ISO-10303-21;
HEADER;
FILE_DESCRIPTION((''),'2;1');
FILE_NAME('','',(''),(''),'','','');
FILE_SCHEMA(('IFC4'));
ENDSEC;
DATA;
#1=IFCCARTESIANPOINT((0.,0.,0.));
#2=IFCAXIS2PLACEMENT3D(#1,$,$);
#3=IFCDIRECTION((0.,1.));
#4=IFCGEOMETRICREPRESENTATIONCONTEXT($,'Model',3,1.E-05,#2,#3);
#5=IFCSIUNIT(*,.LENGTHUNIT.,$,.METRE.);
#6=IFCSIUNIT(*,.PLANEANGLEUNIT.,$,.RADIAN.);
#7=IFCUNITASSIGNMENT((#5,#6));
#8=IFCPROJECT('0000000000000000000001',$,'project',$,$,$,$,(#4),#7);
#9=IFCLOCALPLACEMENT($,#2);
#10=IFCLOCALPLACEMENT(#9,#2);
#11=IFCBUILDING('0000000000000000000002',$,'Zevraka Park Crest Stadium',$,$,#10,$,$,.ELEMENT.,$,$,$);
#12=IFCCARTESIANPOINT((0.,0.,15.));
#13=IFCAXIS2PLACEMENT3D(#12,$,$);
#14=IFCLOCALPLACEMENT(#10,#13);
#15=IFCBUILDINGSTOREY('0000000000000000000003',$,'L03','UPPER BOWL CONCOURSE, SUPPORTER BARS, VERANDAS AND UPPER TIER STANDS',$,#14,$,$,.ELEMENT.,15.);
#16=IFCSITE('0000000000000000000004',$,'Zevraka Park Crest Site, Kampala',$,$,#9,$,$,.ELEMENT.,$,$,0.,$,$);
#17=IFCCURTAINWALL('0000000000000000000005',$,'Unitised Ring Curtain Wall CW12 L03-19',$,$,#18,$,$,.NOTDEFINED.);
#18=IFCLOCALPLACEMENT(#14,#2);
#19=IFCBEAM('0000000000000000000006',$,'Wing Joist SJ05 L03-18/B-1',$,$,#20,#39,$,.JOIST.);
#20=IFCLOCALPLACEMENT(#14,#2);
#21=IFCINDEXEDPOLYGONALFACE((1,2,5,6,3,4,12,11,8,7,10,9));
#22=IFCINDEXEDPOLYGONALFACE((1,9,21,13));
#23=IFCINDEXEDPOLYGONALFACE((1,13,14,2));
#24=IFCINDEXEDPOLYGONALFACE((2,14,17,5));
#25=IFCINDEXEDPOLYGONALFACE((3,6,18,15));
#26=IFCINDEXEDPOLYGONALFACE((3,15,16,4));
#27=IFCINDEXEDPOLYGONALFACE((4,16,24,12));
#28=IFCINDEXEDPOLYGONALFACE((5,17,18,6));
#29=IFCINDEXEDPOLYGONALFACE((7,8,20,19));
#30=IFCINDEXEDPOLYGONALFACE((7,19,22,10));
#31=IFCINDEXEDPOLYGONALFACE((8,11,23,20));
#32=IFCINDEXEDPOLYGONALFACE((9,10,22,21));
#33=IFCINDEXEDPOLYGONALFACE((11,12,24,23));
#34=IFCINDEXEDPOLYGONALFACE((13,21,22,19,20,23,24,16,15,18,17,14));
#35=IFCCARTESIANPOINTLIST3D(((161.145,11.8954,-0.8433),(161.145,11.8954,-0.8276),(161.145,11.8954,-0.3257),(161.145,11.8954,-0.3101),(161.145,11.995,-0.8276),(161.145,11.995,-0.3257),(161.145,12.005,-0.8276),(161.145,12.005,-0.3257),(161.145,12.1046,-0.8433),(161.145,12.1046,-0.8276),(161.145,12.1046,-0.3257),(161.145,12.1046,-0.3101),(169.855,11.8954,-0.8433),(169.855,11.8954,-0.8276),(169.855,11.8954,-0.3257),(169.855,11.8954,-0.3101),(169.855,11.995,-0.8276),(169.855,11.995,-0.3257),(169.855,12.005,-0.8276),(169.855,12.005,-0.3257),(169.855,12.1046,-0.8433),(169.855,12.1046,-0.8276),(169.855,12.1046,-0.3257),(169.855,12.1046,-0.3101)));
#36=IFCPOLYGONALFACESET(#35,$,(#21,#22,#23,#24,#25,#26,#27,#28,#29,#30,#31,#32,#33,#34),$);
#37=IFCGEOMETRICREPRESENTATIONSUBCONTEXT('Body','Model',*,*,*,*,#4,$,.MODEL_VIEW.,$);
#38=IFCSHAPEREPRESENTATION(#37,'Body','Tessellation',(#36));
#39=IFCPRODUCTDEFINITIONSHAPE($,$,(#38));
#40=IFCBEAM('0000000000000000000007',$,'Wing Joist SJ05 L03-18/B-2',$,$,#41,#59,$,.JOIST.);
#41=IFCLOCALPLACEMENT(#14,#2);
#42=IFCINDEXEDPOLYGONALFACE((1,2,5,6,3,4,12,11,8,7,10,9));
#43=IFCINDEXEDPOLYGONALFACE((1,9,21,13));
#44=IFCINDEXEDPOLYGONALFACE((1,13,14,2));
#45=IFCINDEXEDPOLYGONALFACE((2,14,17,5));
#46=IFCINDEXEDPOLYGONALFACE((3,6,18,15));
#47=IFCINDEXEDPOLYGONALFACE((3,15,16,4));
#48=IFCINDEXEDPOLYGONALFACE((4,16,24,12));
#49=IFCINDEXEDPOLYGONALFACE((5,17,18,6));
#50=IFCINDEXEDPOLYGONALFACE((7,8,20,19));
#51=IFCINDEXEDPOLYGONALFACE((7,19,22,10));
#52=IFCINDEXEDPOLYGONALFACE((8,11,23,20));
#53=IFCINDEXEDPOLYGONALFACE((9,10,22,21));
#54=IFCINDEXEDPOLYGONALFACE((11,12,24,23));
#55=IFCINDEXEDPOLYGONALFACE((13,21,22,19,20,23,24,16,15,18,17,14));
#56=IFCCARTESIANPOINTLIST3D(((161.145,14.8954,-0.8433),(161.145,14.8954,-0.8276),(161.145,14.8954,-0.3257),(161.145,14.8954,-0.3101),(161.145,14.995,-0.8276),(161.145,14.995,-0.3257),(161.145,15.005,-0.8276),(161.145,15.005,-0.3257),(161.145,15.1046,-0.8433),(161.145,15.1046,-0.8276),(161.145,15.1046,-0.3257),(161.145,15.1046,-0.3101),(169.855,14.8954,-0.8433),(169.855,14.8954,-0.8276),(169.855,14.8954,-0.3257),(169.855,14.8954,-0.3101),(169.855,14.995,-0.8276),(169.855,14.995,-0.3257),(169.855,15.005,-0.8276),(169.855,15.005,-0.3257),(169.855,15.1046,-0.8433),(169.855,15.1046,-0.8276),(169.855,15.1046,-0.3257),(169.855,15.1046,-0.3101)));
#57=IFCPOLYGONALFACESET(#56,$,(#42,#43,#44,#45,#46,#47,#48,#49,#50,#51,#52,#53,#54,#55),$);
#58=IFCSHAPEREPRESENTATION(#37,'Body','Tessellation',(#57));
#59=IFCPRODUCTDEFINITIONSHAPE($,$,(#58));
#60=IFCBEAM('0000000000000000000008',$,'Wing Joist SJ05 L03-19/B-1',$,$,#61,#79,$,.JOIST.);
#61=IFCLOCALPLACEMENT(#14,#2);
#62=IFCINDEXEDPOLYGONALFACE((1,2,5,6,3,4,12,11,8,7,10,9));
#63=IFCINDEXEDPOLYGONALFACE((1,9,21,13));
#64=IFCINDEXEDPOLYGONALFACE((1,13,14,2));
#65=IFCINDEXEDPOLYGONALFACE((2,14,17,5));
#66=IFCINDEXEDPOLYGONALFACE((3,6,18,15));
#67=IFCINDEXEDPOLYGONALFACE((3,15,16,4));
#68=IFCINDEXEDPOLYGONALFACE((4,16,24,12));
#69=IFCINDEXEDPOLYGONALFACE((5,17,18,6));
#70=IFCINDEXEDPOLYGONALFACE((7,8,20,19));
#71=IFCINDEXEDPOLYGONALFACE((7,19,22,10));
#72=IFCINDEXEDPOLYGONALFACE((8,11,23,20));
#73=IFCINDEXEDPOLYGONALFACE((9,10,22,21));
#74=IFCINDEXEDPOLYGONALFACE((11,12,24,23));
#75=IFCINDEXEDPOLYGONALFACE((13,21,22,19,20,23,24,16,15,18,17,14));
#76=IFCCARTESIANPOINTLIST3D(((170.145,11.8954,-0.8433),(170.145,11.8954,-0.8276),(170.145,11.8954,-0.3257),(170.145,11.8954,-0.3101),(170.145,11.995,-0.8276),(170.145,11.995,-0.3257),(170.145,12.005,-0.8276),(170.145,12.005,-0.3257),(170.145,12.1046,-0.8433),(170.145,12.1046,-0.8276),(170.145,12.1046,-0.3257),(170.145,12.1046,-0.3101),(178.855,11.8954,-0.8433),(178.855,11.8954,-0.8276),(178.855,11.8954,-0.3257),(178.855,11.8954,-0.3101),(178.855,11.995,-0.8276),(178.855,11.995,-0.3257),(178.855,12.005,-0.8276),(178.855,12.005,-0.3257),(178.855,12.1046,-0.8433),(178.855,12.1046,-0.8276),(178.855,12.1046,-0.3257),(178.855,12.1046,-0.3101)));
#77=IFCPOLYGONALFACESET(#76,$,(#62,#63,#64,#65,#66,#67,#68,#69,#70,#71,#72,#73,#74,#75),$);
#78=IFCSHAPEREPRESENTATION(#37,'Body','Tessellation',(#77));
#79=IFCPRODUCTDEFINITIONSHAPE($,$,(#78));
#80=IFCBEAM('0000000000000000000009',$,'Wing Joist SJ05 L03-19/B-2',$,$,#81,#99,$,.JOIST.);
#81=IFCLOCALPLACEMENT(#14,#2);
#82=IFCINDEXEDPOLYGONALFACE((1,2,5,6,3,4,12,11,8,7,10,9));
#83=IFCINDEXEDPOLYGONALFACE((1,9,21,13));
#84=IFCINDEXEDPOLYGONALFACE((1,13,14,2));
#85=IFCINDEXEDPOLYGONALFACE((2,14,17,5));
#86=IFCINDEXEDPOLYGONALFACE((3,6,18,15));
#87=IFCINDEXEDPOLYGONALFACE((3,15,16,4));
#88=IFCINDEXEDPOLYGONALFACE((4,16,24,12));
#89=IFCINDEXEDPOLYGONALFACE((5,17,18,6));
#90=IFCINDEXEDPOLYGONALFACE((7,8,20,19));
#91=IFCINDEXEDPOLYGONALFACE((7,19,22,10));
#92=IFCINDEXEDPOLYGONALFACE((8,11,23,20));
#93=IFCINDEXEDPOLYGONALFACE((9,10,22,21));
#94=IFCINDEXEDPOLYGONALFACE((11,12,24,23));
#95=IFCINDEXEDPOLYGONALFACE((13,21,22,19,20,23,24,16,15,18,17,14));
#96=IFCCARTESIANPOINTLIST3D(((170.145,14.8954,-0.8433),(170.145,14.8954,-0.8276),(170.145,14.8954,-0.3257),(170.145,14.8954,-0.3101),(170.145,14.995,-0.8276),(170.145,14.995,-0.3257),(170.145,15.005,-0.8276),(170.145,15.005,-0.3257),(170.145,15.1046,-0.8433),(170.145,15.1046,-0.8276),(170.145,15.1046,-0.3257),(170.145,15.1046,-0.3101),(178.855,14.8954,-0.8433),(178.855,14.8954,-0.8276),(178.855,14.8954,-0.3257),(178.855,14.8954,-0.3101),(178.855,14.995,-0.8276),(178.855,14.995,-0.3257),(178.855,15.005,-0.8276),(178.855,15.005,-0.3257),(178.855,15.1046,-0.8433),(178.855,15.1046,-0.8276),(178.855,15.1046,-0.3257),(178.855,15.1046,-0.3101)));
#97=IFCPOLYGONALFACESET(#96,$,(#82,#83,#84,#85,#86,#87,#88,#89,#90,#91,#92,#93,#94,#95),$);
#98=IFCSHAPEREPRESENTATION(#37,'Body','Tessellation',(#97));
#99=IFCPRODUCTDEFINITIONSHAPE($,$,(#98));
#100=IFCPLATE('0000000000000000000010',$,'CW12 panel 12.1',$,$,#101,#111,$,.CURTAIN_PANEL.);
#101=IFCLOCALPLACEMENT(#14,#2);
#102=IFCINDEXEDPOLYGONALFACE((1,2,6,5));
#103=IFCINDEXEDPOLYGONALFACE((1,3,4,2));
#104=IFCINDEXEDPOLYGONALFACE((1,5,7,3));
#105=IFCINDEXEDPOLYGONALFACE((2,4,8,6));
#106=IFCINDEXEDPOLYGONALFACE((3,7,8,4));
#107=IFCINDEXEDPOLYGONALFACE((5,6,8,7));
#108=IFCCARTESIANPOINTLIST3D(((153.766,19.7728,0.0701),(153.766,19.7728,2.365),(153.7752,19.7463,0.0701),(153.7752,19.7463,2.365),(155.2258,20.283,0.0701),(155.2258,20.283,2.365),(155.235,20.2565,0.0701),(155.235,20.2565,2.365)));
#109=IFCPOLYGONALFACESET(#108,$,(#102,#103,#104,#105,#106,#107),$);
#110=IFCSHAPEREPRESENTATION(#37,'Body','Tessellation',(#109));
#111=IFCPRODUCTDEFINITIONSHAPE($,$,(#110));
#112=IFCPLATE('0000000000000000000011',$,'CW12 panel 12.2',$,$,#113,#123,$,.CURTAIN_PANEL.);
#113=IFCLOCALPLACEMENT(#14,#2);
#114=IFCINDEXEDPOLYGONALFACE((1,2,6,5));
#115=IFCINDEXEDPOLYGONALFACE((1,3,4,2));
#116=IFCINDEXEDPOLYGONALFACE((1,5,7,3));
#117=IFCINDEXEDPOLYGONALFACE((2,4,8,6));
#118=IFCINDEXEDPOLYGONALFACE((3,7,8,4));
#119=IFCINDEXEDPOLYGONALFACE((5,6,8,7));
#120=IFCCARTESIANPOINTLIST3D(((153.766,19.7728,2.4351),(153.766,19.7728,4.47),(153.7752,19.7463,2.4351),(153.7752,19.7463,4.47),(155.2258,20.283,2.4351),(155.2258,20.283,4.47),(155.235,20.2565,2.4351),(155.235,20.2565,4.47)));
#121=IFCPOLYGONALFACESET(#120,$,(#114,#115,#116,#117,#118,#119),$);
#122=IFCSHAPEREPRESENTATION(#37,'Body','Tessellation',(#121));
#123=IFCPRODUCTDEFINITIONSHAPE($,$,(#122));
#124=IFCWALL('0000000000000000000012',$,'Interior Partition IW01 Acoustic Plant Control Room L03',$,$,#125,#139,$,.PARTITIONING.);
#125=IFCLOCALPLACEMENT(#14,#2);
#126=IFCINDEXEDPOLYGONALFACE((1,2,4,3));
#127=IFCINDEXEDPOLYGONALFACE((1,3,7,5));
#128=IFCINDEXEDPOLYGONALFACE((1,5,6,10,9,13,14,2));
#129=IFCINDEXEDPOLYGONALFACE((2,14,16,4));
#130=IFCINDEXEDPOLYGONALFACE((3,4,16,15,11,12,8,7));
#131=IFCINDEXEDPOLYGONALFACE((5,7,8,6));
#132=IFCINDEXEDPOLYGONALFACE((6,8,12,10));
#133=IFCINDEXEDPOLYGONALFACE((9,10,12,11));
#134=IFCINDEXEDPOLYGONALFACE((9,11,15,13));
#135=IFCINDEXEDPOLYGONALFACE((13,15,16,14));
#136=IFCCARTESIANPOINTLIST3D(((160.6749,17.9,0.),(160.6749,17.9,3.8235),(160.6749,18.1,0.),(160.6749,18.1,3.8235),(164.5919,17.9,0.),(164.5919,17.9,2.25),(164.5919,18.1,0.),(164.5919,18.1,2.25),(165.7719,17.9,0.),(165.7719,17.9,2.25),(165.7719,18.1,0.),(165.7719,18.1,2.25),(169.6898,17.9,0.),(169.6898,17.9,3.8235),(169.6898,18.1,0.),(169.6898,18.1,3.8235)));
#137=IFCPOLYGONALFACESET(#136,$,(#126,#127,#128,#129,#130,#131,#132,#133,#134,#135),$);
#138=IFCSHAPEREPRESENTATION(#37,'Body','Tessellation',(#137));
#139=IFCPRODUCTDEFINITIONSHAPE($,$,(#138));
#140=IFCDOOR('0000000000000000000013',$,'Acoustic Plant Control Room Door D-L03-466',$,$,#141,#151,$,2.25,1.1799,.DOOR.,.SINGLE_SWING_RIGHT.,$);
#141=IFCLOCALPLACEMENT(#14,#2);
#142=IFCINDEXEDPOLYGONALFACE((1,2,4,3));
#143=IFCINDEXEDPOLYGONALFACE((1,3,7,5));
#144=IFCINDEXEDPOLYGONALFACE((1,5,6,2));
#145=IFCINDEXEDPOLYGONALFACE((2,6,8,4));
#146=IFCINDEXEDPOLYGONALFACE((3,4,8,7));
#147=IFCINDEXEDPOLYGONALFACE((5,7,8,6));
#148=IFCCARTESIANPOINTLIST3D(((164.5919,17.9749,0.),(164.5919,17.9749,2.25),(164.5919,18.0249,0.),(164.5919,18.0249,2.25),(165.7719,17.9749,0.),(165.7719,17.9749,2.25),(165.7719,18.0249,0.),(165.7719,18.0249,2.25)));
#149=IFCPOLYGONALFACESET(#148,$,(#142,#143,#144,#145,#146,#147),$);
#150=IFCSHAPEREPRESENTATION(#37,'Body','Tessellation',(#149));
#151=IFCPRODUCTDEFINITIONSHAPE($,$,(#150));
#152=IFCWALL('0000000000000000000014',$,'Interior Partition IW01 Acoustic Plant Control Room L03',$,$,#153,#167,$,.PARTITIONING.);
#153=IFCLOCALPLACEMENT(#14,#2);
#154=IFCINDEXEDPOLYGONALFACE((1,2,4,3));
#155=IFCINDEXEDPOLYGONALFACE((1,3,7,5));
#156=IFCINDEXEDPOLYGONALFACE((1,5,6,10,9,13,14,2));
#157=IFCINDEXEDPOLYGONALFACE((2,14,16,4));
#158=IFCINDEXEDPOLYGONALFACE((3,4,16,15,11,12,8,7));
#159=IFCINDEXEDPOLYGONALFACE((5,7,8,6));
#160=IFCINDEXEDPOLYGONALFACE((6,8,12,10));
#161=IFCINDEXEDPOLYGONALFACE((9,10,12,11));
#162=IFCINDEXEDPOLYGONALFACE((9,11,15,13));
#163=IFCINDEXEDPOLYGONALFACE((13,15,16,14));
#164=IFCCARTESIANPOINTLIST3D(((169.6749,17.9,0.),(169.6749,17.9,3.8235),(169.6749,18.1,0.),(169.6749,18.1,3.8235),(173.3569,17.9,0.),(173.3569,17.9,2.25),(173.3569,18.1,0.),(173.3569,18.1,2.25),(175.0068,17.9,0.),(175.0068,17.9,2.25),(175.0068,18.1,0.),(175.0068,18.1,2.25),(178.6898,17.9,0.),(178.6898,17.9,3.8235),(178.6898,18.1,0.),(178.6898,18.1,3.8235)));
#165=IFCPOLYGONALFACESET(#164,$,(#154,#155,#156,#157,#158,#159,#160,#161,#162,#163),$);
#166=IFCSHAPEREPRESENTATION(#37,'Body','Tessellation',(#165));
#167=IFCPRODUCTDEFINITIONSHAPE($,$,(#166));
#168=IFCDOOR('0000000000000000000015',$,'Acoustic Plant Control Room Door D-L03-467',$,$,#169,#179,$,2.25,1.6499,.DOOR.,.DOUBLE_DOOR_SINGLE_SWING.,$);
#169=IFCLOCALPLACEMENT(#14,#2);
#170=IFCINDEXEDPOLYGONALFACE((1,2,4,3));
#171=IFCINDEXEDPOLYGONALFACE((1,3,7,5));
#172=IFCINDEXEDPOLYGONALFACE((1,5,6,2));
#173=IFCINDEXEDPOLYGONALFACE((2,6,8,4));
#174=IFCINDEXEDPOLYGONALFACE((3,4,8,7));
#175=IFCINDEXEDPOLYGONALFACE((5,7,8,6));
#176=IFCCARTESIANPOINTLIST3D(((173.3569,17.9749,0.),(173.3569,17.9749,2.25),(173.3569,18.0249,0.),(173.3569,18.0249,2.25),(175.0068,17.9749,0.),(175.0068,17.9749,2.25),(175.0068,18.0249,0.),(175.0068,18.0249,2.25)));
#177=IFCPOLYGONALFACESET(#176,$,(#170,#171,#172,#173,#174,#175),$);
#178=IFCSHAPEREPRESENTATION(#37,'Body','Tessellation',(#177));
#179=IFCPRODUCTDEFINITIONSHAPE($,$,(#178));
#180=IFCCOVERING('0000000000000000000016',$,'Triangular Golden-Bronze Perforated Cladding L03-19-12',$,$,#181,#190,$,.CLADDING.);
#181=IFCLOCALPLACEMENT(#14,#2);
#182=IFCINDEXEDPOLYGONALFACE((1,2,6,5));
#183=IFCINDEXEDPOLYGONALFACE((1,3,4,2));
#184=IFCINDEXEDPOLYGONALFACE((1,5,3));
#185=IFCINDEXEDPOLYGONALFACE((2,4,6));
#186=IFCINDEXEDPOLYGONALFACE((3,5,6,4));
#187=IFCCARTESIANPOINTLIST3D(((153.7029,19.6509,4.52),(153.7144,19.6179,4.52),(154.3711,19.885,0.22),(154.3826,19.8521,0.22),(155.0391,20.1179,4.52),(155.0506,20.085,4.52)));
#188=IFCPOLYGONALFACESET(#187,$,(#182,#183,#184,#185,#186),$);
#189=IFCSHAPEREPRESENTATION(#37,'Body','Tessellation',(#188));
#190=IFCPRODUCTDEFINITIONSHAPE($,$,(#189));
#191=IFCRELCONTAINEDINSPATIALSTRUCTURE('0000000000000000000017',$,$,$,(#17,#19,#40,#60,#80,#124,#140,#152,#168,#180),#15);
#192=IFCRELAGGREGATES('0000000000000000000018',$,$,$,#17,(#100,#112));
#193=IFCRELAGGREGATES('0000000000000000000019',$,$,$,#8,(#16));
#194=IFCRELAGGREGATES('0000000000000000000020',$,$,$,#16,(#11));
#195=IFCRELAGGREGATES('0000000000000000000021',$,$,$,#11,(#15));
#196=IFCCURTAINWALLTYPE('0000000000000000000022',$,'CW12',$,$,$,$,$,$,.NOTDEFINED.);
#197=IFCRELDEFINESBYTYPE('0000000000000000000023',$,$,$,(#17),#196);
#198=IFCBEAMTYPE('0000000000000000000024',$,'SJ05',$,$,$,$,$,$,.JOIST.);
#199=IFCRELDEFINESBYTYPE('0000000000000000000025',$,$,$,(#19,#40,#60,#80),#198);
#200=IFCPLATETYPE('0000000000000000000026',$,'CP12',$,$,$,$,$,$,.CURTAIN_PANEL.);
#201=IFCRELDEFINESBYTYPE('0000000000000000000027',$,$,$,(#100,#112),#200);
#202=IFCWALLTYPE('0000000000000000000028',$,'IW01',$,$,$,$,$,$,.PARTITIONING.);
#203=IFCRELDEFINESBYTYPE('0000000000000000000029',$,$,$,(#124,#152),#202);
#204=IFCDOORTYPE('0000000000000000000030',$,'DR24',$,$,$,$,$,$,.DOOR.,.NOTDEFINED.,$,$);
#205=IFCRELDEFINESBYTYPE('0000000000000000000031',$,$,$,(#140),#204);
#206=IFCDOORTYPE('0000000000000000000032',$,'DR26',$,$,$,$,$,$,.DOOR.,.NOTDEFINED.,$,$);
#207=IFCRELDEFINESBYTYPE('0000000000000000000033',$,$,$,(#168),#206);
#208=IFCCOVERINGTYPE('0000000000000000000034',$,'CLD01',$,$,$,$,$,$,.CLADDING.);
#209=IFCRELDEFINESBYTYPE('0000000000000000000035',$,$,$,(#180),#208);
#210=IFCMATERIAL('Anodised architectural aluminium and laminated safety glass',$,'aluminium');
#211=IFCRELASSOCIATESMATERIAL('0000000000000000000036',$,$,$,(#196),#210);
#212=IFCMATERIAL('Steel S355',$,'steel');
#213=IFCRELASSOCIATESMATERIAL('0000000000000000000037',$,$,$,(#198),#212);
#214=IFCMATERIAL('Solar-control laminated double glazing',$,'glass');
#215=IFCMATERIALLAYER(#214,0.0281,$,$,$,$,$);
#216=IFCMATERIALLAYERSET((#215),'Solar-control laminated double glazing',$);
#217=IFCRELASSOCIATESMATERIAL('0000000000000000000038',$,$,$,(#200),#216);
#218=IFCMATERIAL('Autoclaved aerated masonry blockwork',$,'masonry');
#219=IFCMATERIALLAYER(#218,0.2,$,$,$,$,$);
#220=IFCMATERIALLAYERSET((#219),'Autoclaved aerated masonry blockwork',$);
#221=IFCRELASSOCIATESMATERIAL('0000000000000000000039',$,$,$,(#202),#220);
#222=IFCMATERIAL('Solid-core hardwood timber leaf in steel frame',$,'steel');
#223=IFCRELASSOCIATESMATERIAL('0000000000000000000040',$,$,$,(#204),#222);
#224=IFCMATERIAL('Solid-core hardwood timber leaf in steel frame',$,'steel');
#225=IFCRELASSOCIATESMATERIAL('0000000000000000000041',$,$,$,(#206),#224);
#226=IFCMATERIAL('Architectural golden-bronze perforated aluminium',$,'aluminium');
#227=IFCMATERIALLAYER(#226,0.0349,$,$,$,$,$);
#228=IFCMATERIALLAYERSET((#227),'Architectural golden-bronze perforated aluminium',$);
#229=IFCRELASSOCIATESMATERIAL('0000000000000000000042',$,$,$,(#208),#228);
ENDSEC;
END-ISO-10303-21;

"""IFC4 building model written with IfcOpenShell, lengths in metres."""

from ifc_helpers import new_model, si_unit, direction, frame, frame_2d, origin, origin_2d, place, context, subcontext, project, spatial, polyline, rectangle, i_section, outline, extrude, material, layer, layer_set, material_profile, profile_set, type_object, element, fill, aggregate, save


model = new_model("IFC4")

# Units and contexts
model_context = context("Model", 3, precision=1e-05, world=origin(), true_north=direction((0.0, 1.0)))
body_context = subcontext(model_context, "Body", "Model", "MODEL_VIEW")
ifc_project = project(units=[si_unit("LENGTHUNIT", "METRE"), si_unit("PLANEANGLEUNIT", "RADIAN")], contexts=[model_context])

# Site, building, storey
site_placement = place(None, origin())
site = spatial("IfcSite", under=ifc_project, at=site_placement, Name="Zevraka Park Crest Site, Kampala", CompositionType="ELEMENT", RefElevation=0.0)
building_placement = place(site_placement, origin())
building = spatial("IfcBuilding", under=site, at=building_placement, Name="Zevraka Park Crest Stadium", CompositionType="ELEMENT")
storey_placement = place(building_placement, frame((0.0, 0.0, 15.0)))
storey = spatial("IfcBuildingStorey", under=building, at=storey_placement, Name="L03", Description="UPPER BOWL CONCOURSE, SUPPORTER BARS, VERANDAS AND UPPER TIER STANDS", CompositionType="ELEMENT", Elevation=15.0)

# Curtain wall
ifc_material_1 = material(Name="Anodised architectural aluminium and laminated safety glass", Category="aluminium")
curtain_wall_type = type_object("IfcCurtainWallType", Name="CW12", PredefinedType="NOTDEFINED", material=ifc_material_1)
curtain_wall_placement = place(storey_placement, origin())
curtain_wall = element("IfcCurtainWall", 1, at=curtain_wall_placement, inside=storey, type_object=curtain_wall_type, Name="Unitised Ring Curtain Wall CW12 L03-19", PredefinedType="NOTDEFINED")

# Beams
ifc_material_2 = material(Name="Steel S355", Category="steel")
ifc_material_profile_1 = material_profile(ifc_material_2, i_section(OverallWidth=0.2092, OverallDepth=0.5332, WebThickness=0.01, FlangeThickness=0.0156, at=origin_2d()), Name="UKB 533x210x92")
ifc_profile_set_1 = profile_set([ifc_material_profile_1], Name="Steel S355")
beam_type_1 = type_object("IfcBeamType", Name="SJ05", PredefinedType="JOIST", material=ifc_profile_set_1)
for number, where, z_axis, x_axis, name in (
    (2, (161.145, 12.0, -0.5767), (1.0, 0.0, 0.0), (0.0, 1.0, 0.0), "Wing Joist SJ05 L03-18/B-1"),
    (3, (161.145, 15.0, -0.5767), (1.0, 0.0, 0.0), (0.0, 1.0, 0.0), "Wing Joist SJ05 L03-18/B-2"),
    (4, (170.145, 12.0, -0.5767), (1.0, 0.0, 0.0), (0.0, 1.0, 0.0), "Wing Joist SJ05 L03-19/B-1"),
    (5, (170.145, 15.0, -0.5767), (1.0, 0.0, 0.0), (0.0, 1.0, 0.0), "Wing Joist SJ05 L03-19/B-2"),
):
    element("IfcBeam", number, at=place(storey_placement, frame(where, z_axis=z_axis, x_axis=x_axis)), inside=storey, type_object=beam_type_1, Name=name, PredefinedType="JOIST", context=body_context, shape_type="SweptSolid", body=[
        extrude(i_section(OverallWidth=0.2092, OverallDepth=0.5332, WebThickness=0.01, FlangeThickness=0.0156, at=origin_2d()), origin(), (0.0, 0.0, 1.0), 8.71),
    ])

# Plates
ifc_material_3 = material(Name="Solar-control laminated double glazing", Category="glass")
ifc_layer_1 = layer(ifc_material_3, 0.0281)
ifc_layer_set_1 = layer_set([ifc_layer_1], Name="Solar-control laminated double glazing")
plate_type = type_object("IfcPlateType", Name="CP12", PredefinedType="CURTAIN_PANEL", material=ifc_layer_set_1)
plate_1_placement = place(storey_placement, frame((154.5005, 20.0146, 0.0701), z_axis=(0.0, 0.0, 1.0), x_axis=(0.94401, 0.329917, 0.0)))
plate_1 = element("IfcPlate", 6, at=plate_1_placement, type_object=plate_type, Name="CW12 panel 12.1", PredefinedType="CURTAIN_PANEL", context=body_context, shape_type="SweptSolid", body=[
    extrude(rectangle(XDim=1.5464, YDim=0.0281, at=origin_2d()), origin(), (0.0, 0.0, 1.0), 2.2949),
])
plate_2_placement = place(storey_placement, frame((154.5005, 20.0146, 2.4351), z_axis=(0.0, 0.0, 1.0), x_axis=(0.94401, 0.329917, 0.0)))
plate_2 = element("IfcPlate", 7, at=plate_2_placement, type_object=plate_type, Name="CW12 panel 12.2", PredefinedType="CURTAIN_PANEL", context=body_context, shape_type="SweptSolid", body=[
    extrude(rectangle(XDim=1.5464, YDim=0.0281, at=origin_2d()), origin(), (0.0, 0.0, 1.0), 2.0349),
])
aggregate(curtain_wall, [plate_1, plate_2])

# Walls, openings, doors
ifc_material_4 = material(Name="Autoclaved aerated masonry blockwork", Category="masonry")
ifc_layer_2 = layer(ifc_material_4, 0.2)
ifc_layer_set_2 = layer_set([ifc_layer_2], Name="Autoclaved aerated masonry blockwork")
wall_type = type_object("IfcWallType", Name="IW01", PredefinedType="PARTITIONING", material=ifc_layer_set_2)
wall_1_placement = place(storey_placement, frame((160.675, 18.0, 0.0), z_axis=(0.0, 0.0, 1.0), x_axis=(1.0, 0.0, 0.0)))
wall_1 = element("IfcWall", 8, at=wall_1_placement, inside=storey, type_object=wall_type, Name="Interior Partition IW01 Acoustic Plant Control Room L03", PredefinedType="PARTITIONING", context=body_context, shape_type="SweptSolid", body=[
    extrude(rectangle(XDim=9.0149, YDim=0.2, at=frame_2d((4.5073, 0.0))), origin(), (0.0, 0.0, 1.0), 3.8235),
])
opening_1_placement = place(wall_1_placement, frame((3.917, 0.0, 0.0)))
opening_1 = element("IfcOpeningElement", 9, at=opening_1_placement, cuts=wall_1, PredefinedType="OPENING", context=body_context, shape_type="SweptSolid", body=[
    extrude(rectangle(XDim=1.1799, YDim=2.25, at=frame_2d((0.5898, 1.125))), frame((0.0, 0.1099, 0.0), z_axis=(0.0, -1.0, 0.0), x_axis=(1.0, 0.0, 0.0)), (0.0, 0.0, 1.0), 0.22),
])
ifc_material_5 = material(Name="Solid-core hardwood timber leaf in steel frame", Category="steel")
door_type_1 = type_object("IfcDoorType", Name="DR24", OperationType="NOTDEFINED", PredefinedType="DOOR", material=ifc_material_5)
door_1_placement = place(opening_1_placement, origin())
door_1 = element("IfcDoor", 10, at=door_1_placement, inside=storey, type_object=door_type_1, Name="Acoustic Plant Control Room Door D-L03-466", OperationType="SINGLE_SWING_RIGHT", OverallHeight=2.25, OverallWidth=1.1799, PredefinedType="DOOR", context=body_context, shape_type="SweptSolid", body=[
    extrude(rectangle(XDim=1.1799, YDim=2.25, at=frame_2d((0.5898, 1.125))), frame((0.0, 0.0249, 0.0), z_axis=(0.0, -1.0, 0.0), x_axis=(1.0, 0.0, 0.0)), (0.0, 0.0, 1.0), 0.05),
])
fill(opening_1, door_1)
wall_2_placement = place(storey_placement, frame((169.675, 18.0, 0.0), z_axis=(0.0, 0.0, 1.0), x_axis=(1.0, 0.0, 0.0)))
wall_2 = element("IfcWall", 11, at=wall_2_placement, inside=storey, type_object=wall_type, Name="Interior Partition IW01 Acoustic Plant Control Room L03", PredefinedType="PARTITIONING", context=body_context, shape_type="SweptSolid", body=[
    extrude(rectangle(XDim=9.0149, YDim=0.2, at=frame_2d((4.5073, 0.0))), origin(), (0.0, 0.0, 1.0), 3.8235),
])
opening_2_placement = place(wall_2_placement, frame((3.6819, 0.0, 0.0)))
opening_2 = element("IfcOpeningElement", 12, at=opening_2_placement, cuts=wall_2, PredefinedType="OPENING", context=body_context, shape_type="SweptSolid", body=[
    extrude(rectangle(XDim=1.6499, YDim=2.25, at=frame_2d((0.825, 1.125))), frame((0.0, 0.1099, 0.0), z_axis=(0.0, -1.0, 0.0), x_axis=(1.0, 0.0, 0.0)), (0.0, 0.0, 1.0), 0.22),
])
ifc_material_6 = material(Name="Solid-core hardwood timber leaf in steel frame", Category="steel")
door_type_2 = type_object("IfcDoorType", Name="DR26", OperationType="NOTDEFINED", PredefinedType="DOOR", material=ifc_material_6)
door_2_placement = place(opening_2_placement, origin())
door_2 = element("IfcDoor", 13, at=door_2_placement, inside=storey, type_object=door_type_2, Name="Acoustic Plant Control Room Door D-L03-467", OperationType="DOUBLE_DOOR_SINGLE_SWING", OverallHeight=2.25, OverallWidth=1.6499, PredefinedType="DOOR", context=body_context, shape_type="SweptSolid", body=[
    extrude(rectangle(XDim=1.6499, YDim=2.25, at=frame_2d((0.825, 1.125))), frame((0.0, 0.0249, 0.0), z_axis=(0.0, -1.0, 0.0), x_axis=(1.0, 0.0, 0.0)), (0.0, 0.0, 1.0), 0.05),
])
fill(opening_2, door_2)

# Covering
ifc_material_7 = material(Name="Architectural golden-bronze perforated aluminium", Category="aluminium")
ifc_layer_3 = layer(ifc_material_7, 0.0349)
ifc_layer_set_3 = layer_set([ifc_layer_3], Name="Architectural golden-bronze perforated aluminium")
covering_type = type_object("IfcCoveringType", Name="CLD01", PredefinedType="CLADDING", material=ifc_layer_set_3)
covering_1_placement = place(storey_placement, frame((155.0391, 20.1179, 4.52), z_axis=(-0.329959, 0.943995, 0.000125), x_axis=(-0.943995, -0.329959, 0.0)))
element("IfcCovering", 14, at=covering_1_placement, inside=storey, type_object=covering_type, Name="Triangular Golden-Bronze Perforated Cladding L03-19-12", PredefinedType="CLADDING", context=body_context, shape_type="SweptSolid", body=[
    extrude(outline(polyline([(0.0, 0.0), (1.4155, 0.0), (0.7074, -4.3), (0.0, 0.0)])), origin(), (0.0, 0.0, -1.0), 0.0349),
])

save(model, "model.ifc")
